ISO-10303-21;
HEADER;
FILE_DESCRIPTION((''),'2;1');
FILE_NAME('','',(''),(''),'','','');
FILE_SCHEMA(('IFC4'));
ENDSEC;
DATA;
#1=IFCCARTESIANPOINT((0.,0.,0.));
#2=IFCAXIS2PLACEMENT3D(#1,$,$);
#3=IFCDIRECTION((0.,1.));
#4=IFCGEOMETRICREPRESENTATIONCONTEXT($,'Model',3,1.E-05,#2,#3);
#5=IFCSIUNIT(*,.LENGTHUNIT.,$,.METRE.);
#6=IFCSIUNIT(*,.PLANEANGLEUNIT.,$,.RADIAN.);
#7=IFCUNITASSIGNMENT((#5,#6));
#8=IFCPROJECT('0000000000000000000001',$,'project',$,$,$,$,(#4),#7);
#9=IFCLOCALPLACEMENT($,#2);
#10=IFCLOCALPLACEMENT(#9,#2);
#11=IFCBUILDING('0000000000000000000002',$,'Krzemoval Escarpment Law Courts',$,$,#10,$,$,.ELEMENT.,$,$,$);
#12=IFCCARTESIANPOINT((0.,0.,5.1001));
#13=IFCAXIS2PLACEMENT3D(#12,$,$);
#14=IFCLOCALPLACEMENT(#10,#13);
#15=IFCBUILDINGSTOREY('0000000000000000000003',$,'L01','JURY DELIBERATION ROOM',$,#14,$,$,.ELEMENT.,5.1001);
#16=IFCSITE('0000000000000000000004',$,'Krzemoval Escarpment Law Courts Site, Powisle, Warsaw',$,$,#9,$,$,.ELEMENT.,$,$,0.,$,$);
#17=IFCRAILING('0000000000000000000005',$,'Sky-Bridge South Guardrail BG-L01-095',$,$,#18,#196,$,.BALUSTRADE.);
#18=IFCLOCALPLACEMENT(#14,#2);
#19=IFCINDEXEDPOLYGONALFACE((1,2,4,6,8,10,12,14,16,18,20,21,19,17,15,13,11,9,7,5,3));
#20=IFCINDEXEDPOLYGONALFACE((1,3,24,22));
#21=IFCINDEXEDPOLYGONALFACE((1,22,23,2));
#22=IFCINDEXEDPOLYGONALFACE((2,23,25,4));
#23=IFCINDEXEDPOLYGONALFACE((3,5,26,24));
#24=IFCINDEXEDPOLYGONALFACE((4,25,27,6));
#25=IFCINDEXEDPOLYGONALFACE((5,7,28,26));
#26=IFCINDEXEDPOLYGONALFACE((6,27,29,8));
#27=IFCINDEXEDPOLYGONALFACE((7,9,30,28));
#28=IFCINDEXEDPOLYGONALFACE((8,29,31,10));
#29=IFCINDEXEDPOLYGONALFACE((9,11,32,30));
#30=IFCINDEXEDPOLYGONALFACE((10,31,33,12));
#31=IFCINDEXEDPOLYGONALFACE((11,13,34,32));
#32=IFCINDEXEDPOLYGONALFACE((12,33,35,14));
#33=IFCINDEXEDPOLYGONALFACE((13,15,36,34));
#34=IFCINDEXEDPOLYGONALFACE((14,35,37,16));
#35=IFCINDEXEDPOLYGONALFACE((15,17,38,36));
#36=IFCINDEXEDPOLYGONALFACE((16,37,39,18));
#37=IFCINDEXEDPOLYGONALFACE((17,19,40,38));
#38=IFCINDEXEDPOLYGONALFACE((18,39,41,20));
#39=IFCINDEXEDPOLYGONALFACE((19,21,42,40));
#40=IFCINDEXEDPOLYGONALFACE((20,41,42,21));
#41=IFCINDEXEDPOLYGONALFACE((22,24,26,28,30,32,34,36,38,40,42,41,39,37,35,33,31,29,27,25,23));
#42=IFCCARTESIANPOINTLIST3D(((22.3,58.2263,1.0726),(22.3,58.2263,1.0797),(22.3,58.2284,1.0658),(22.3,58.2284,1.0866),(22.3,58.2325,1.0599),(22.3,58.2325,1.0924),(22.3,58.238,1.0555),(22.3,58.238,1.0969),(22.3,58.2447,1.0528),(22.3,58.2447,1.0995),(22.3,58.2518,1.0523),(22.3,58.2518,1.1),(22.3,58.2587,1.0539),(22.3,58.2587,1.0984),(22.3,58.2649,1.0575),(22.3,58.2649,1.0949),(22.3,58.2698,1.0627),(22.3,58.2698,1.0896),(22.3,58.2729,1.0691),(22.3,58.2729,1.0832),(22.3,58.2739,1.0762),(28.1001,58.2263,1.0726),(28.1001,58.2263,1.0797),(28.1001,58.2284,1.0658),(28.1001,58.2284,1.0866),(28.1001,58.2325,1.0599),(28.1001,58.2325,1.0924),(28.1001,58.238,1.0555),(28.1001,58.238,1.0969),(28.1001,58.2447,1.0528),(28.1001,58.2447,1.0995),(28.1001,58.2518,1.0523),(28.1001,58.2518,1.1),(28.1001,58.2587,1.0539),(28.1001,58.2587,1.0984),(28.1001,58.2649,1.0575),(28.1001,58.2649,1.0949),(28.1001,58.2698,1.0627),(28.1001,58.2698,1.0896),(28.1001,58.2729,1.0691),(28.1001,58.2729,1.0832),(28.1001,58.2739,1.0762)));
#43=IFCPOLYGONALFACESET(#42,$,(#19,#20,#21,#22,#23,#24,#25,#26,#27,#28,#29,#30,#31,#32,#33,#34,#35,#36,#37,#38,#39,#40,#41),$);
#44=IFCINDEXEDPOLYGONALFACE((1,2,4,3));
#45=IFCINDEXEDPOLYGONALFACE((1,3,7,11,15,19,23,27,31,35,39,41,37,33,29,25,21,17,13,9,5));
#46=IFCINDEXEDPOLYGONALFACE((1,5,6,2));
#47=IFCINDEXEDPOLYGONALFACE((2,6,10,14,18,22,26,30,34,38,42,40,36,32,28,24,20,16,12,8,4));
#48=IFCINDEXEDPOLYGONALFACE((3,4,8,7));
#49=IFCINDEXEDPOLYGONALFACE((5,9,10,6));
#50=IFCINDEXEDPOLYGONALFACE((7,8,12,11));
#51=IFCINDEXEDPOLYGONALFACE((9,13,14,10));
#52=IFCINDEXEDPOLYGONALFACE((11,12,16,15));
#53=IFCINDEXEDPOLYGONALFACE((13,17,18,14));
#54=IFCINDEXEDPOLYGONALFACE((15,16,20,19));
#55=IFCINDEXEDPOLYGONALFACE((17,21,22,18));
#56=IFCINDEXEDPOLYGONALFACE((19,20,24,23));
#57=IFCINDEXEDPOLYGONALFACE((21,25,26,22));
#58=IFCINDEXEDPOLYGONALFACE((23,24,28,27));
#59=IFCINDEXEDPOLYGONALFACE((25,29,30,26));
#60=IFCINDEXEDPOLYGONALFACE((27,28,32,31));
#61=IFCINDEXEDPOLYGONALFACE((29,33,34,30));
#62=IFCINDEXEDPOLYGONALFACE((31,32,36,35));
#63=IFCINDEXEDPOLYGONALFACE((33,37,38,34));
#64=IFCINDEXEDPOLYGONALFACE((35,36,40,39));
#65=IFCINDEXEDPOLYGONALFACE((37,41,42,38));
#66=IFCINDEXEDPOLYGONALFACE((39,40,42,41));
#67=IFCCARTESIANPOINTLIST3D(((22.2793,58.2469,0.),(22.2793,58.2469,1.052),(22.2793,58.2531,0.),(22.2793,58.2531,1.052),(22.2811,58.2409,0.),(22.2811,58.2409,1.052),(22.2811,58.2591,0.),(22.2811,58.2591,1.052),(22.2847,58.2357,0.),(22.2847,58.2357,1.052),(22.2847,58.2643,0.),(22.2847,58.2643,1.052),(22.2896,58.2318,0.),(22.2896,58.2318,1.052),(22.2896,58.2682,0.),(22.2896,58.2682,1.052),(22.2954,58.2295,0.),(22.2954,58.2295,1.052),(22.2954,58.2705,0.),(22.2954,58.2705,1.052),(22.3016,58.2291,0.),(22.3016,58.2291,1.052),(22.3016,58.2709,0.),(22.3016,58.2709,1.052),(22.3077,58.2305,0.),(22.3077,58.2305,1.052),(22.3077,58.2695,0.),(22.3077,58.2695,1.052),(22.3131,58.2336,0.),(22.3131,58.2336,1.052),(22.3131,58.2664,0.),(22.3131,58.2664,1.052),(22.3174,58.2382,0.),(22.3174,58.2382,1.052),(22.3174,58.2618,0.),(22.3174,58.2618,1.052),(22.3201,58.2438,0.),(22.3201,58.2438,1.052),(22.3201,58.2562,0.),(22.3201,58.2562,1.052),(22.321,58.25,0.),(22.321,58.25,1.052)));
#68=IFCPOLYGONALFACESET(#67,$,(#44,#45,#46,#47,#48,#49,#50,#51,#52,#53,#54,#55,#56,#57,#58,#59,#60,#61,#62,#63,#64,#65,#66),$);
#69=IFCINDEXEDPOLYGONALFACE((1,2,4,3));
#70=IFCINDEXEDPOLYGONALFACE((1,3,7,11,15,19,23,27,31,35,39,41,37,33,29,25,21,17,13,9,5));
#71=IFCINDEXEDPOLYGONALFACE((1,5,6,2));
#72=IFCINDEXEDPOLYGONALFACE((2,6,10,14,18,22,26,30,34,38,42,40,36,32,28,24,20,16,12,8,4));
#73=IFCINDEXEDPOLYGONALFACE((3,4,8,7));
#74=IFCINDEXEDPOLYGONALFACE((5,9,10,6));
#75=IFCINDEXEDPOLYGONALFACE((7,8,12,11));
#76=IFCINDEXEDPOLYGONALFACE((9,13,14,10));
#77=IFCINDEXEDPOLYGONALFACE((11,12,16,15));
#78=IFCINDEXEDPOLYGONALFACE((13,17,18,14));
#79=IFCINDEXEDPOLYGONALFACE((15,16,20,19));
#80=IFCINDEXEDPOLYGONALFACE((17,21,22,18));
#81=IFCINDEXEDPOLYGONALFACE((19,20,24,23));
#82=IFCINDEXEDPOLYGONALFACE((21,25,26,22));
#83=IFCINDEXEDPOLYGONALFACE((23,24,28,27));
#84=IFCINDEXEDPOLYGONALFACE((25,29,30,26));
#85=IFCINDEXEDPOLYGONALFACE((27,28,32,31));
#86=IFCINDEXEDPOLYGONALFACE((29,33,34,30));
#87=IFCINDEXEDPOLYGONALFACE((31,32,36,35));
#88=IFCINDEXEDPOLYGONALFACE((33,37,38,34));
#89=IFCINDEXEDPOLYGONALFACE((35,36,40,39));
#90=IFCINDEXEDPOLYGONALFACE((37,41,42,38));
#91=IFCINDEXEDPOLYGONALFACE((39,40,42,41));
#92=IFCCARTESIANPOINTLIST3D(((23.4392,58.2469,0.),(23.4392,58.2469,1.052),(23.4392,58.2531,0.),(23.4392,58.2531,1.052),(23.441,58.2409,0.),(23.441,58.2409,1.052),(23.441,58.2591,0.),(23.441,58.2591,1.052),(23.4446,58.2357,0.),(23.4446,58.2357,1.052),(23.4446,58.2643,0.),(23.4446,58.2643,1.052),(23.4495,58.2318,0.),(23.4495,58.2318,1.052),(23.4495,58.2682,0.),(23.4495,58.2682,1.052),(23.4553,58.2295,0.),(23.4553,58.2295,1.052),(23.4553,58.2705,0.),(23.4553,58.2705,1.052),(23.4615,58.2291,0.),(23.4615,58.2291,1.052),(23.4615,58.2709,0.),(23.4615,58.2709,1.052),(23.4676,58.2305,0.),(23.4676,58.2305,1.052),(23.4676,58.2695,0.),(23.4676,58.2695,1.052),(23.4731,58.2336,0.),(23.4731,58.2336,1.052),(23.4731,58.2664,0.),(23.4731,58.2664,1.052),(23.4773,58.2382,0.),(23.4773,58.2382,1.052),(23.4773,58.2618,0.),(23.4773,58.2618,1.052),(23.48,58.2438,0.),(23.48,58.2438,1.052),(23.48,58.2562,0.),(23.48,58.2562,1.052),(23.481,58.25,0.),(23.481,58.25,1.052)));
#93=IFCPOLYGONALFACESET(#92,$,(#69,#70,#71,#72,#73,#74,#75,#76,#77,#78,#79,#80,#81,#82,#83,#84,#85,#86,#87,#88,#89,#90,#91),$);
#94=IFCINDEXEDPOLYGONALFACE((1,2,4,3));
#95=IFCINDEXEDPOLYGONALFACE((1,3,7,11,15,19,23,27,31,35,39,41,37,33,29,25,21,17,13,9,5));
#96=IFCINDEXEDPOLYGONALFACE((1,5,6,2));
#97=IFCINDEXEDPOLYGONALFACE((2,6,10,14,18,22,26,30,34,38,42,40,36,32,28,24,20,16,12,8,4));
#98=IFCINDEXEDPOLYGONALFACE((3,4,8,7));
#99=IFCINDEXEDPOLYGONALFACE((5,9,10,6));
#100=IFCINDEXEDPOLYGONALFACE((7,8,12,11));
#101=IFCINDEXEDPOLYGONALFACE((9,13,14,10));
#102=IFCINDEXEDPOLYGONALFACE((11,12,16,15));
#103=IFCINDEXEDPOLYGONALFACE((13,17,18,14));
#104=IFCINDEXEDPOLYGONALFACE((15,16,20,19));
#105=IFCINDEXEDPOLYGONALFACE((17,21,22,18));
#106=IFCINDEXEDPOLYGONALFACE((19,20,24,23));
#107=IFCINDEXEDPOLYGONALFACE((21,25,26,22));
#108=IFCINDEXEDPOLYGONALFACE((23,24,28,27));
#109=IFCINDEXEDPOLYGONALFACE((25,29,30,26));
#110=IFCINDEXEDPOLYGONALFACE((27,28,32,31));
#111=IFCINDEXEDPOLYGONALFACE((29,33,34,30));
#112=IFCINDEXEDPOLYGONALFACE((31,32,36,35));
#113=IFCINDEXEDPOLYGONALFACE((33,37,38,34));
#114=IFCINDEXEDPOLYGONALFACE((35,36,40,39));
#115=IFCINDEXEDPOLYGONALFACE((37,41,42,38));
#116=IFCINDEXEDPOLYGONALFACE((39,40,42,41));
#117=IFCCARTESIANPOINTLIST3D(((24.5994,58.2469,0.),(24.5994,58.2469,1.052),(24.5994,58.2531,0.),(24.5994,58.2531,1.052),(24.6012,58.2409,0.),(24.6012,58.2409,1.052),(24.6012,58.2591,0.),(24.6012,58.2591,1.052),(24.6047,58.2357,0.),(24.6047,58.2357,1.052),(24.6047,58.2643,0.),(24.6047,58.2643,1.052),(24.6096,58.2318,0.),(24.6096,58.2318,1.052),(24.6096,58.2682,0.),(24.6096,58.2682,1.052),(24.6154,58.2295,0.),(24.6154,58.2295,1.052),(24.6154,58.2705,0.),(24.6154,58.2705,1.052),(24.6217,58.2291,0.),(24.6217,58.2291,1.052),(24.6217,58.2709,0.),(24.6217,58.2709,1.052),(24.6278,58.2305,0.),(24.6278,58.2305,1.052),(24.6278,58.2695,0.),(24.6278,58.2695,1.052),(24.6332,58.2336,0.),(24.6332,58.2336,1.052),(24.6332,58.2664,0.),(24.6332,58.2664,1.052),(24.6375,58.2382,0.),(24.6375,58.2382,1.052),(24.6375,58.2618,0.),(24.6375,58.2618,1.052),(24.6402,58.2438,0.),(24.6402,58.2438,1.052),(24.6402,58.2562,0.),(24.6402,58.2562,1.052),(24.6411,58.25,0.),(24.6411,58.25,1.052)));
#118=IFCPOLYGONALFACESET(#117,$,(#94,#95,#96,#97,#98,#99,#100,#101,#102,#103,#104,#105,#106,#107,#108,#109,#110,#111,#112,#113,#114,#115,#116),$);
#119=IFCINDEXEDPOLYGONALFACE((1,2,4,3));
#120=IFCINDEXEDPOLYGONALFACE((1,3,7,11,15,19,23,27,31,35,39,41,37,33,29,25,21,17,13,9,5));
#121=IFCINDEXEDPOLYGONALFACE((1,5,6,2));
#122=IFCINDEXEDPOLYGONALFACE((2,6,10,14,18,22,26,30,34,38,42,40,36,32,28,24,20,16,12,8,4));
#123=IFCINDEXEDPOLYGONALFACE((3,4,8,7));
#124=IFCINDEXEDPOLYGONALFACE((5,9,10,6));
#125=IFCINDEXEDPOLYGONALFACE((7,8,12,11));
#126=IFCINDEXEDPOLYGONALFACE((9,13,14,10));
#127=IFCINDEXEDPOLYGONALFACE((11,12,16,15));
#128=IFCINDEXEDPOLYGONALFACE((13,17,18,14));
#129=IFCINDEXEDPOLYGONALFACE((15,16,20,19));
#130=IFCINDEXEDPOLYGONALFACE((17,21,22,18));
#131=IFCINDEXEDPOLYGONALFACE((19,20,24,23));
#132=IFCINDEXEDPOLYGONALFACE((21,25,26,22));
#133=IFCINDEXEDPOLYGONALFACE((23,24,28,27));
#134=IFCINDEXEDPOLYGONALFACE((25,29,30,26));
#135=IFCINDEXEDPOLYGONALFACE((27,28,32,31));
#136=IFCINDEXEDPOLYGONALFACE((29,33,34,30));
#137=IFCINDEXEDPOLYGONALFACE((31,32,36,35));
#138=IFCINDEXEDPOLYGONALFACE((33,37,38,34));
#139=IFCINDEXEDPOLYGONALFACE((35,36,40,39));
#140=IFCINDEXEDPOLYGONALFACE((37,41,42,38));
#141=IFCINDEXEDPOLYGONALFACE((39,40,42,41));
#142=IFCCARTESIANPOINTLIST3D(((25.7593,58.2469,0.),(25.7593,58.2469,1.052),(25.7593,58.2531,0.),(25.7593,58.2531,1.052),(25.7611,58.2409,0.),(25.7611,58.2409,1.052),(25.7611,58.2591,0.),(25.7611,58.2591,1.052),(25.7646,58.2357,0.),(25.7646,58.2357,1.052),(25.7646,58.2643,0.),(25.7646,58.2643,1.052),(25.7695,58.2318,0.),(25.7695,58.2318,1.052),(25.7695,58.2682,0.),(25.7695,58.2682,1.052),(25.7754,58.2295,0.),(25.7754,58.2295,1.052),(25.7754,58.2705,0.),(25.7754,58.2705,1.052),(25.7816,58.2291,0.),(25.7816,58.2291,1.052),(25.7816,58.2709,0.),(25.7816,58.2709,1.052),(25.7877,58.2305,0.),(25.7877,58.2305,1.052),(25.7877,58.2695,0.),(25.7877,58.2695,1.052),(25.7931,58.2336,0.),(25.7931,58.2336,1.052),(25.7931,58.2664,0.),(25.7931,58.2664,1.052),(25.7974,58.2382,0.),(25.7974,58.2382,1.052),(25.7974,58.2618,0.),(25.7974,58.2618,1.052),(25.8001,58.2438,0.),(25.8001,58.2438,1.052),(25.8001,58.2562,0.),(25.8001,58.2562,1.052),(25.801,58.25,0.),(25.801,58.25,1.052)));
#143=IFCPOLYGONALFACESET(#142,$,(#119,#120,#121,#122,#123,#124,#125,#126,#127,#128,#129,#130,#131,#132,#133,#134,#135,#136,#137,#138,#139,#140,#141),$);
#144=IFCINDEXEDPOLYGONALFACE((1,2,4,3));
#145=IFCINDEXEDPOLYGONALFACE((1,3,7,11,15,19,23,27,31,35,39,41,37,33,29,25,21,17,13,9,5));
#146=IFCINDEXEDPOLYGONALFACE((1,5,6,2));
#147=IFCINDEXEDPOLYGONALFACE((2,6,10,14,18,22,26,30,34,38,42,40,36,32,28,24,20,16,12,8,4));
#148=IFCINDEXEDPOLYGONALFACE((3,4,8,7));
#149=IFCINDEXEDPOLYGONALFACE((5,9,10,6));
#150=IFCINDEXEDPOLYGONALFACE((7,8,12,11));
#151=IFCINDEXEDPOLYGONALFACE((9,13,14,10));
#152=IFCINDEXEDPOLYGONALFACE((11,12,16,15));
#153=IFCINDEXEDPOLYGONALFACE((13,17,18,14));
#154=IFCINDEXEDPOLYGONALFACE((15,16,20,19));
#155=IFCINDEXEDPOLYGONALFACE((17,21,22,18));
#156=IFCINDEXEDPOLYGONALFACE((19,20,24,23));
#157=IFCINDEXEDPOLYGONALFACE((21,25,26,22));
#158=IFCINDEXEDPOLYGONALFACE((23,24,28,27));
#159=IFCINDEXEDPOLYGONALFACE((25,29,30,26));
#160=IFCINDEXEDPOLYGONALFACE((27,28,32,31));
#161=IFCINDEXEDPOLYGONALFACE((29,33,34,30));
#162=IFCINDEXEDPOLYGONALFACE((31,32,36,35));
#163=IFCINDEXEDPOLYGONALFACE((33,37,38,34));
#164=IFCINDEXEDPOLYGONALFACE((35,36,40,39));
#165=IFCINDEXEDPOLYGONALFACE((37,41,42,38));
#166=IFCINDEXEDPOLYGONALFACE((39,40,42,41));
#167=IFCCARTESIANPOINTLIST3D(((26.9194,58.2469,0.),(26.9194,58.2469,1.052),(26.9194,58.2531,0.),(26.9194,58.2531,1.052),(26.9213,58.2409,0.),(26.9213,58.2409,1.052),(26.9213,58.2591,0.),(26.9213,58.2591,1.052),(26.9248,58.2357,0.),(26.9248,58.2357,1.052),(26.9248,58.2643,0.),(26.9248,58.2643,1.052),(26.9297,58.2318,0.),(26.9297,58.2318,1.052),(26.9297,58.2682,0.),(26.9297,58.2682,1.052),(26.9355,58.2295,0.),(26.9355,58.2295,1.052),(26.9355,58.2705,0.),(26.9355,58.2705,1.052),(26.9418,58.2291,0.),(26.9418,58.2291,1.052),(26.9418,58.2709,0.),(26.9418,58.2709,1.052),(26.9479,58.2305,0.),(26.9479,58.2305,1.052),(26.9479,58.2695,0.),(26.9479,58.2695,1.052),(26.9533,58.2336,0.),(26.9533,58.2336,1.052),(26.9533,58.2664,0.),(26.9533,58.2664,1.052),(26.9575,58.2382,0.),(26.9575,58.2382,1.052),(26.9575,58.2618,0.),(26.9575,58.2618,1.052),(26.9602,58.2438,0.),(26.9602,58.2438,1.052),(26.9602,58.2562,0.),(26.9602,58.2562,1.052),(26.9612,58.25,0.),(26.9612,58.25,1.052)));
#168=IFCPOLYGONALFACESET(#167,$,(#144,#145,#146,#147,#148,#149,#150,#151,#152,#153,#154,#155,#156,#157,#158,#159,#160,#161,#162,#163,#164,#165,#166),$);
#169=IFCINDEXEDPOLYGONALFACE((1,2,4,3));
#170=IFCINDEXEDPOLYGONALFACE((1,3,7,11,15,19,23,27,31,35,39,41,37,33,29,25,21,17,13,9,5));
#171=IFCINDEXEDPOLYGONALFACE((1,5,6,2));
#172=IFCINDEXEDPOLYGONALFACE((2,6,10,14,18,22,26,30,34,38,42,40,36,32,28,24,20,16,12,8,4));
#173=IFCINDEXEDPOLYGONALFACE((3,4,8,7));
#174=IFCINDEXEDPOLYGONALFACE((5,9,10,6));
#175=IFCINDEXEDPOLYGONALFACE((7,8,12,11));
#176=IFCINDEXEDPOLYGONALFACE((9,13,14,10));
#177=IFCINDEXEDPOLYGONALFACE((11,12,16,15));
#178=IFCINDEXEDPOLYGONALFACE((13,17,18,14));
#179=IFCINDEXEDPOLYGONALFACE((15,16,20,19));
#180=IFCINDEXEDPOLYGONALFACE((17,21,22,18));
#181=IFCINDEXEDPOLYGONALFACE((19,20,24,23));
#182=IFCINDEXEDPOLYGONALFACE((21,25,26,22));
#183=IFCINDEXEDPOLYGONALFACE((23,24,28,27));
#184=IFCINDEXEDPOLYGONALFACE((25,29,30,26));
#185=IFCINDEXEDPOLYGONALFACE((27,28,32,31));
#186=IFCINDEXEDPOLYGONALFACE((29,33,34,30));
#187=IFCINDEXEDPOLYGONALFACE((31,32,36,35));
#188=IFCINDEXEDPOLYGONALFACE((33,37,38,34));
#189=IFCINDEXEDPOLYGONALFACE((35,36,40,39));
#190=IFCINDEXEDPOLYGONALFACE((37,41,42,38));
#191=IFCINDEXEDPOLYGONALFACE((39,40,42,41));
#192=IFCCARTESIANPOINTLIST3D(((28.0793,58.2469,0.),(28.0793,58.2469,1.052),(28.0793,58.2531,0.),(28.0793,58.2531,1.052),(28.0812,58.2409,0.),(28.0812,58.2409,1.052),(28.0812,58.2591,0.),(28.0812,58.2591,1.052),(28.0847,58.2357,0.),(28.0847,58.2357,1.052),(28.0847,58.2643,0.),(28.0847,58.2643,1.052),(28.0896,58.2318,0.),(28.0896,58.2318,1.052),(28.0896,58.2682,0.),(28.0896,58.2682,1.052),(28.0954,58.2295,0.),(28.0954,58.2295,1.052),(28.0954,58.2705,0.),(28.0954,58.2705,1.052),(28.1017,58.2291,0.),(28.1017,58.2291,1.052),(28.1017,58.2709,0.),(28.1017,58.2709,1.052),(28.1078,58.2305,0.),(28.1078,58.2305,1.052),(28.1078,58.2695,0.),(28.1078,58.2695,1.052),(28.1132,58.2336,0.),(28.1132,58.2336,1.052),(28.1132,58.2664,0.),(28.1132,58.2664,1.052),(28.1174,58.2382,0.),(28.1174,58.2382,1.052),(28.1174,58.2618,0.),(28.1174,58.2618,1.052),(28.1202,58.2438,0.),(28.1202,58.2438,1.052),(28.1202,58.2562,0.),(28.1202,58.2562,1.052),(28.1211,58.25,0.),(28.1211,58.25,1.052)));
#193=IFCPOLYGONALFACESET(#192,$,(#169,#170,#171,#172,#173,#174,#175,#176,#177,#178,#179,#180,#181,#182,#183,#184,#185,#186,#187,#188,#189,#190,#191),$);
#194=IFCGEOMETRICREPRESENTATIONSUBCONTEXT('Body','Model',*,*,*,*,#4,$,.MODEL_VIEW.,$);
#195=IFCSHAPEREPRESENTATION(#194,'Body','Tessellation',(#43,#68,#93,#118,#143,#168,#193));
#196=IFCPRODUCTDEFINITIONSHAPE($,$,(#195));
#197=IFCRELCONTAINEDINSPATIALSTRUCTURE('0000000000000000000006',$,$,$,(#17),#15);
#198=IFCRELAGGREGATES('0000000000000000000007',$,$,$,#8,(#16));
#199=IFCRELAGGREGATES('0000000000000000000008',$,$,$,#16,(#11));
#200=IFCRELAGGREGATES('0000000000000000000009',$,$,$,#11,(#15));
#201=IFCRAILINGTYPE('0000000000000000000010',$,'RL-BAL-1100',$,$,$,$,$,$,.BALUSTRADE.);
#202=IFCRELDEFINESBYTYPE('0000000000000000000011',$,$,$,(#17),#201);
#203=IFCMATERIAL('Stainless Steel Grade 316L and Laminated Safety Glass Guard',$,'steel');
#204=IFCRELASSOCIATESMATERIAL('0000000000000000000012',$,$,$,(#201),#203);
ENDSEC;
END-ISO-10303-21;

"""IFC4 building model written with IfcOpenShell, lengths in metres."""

from ifc_helpers import new_model, si_unit, direction, frame, origin, origin_2d, place, context, subcontext, project, spatial, circle, extrude, material, type_object, element, save


model = new_model("IFC4")

# Units and contexts
model_context = context("Model", 3, precision=1e-05, world=origin(), true_north=direction((0.0, 1.0)))
body_context = subcontext(model_context, "Body", "Model", "MODEL_VIEW")
ifc_project = project(units=[si_unit("LENGTHUNIT", "METRE"), si_unit("PLANEANGLEUNIT", "RADIAN")], contexts=[model_context])

# Site, building, storey
site_placement = place(None, origin())
site = spatial("IfcSite", under=ifc_project, at=site_placement, Name="Krzemoval Escarpment Law Courts Site, Powisle, Warsaw", CompositionType="ELEMENT", RefElevation=0.0)
building_placement = place(site_placement, origin())
building = spatial("IfcBuilding", under=site, at=building_placement, Name="Krzemoval Escarpment Law Courts", CompositionType="ELEMENT")
storey_placement = place(building_placement, frame((0.0, 0.0, 5.1001)))
storey = spatial("IfcBuildingStorey", under=building, at=storey_placement, Name="L01", Description="JURY DELIBERATION ROOM", CompositionType="ELEMENT", Elevation=5.1001)

# Railing
ifc_material_1 = material(Name="Stainless Steel Grade 316L and Laminated Safety Glass Guard", Category="steel")
railing_type = type_object("IfcRailingType", Name="RL-BAL-1100", PredefinedType="BALUSTRADE", material=ifc_material_1)
railing_placement = place(storey_placement, frame((22.3, 58.25, 0.0)))
element("IfcRailing", 1, at=railing_placement, inside=storey, type_object=railing_type, Name="Sky-Bridge South Guardrail BG-L01-095", PredefinedType="BALUSTRADE", context=body_context, shape_type="SweptSolid", body=[
    extrude(circle(Radius=0.0239, at=origin_2d()), frame((0.0, 0.0, 1.0762), z_axis=(1.0, 0.0, 0.0), x_axis=(0.0, 1.0, 0.0)), (0.0, 0.0, 1.0), 5.8),
    extrude(circle(Radius=0.021, at=origin_2d()), origin(), (0.0, 0.0, 1.0), 1.052),
    extrude(circle(Radius=0.021, at=origin_2d()), frame((1.1599, 0.0, 0.0)), (0.0, 0.0, 1.0), 1.052),
    extrude(circle(Radius=0.021, at=origin_2d()), frame((2.3201, 0.0, 0.0)), (0.0, 0.0, 1.0), 1.052),
    extrude(circle(Radius=0.021, at=origin_2d()), frame((3.48, 0.0, 0.0)), (0.0, 0.0, 1.0), 1.052),
    extrude(circle(Radius=0.021, at=origin_2d()), frame((4.6401, 0.0, 0.0)), (0.0, 0.0, 1.0), 1.052),
    extrude(circle(Radius=0.021, at=origin_2d()), frame((5.8, 0.0, 0.0)), (0.0, 0.0, 1.0), 1.052),
])

save(model, "model.ifc")
